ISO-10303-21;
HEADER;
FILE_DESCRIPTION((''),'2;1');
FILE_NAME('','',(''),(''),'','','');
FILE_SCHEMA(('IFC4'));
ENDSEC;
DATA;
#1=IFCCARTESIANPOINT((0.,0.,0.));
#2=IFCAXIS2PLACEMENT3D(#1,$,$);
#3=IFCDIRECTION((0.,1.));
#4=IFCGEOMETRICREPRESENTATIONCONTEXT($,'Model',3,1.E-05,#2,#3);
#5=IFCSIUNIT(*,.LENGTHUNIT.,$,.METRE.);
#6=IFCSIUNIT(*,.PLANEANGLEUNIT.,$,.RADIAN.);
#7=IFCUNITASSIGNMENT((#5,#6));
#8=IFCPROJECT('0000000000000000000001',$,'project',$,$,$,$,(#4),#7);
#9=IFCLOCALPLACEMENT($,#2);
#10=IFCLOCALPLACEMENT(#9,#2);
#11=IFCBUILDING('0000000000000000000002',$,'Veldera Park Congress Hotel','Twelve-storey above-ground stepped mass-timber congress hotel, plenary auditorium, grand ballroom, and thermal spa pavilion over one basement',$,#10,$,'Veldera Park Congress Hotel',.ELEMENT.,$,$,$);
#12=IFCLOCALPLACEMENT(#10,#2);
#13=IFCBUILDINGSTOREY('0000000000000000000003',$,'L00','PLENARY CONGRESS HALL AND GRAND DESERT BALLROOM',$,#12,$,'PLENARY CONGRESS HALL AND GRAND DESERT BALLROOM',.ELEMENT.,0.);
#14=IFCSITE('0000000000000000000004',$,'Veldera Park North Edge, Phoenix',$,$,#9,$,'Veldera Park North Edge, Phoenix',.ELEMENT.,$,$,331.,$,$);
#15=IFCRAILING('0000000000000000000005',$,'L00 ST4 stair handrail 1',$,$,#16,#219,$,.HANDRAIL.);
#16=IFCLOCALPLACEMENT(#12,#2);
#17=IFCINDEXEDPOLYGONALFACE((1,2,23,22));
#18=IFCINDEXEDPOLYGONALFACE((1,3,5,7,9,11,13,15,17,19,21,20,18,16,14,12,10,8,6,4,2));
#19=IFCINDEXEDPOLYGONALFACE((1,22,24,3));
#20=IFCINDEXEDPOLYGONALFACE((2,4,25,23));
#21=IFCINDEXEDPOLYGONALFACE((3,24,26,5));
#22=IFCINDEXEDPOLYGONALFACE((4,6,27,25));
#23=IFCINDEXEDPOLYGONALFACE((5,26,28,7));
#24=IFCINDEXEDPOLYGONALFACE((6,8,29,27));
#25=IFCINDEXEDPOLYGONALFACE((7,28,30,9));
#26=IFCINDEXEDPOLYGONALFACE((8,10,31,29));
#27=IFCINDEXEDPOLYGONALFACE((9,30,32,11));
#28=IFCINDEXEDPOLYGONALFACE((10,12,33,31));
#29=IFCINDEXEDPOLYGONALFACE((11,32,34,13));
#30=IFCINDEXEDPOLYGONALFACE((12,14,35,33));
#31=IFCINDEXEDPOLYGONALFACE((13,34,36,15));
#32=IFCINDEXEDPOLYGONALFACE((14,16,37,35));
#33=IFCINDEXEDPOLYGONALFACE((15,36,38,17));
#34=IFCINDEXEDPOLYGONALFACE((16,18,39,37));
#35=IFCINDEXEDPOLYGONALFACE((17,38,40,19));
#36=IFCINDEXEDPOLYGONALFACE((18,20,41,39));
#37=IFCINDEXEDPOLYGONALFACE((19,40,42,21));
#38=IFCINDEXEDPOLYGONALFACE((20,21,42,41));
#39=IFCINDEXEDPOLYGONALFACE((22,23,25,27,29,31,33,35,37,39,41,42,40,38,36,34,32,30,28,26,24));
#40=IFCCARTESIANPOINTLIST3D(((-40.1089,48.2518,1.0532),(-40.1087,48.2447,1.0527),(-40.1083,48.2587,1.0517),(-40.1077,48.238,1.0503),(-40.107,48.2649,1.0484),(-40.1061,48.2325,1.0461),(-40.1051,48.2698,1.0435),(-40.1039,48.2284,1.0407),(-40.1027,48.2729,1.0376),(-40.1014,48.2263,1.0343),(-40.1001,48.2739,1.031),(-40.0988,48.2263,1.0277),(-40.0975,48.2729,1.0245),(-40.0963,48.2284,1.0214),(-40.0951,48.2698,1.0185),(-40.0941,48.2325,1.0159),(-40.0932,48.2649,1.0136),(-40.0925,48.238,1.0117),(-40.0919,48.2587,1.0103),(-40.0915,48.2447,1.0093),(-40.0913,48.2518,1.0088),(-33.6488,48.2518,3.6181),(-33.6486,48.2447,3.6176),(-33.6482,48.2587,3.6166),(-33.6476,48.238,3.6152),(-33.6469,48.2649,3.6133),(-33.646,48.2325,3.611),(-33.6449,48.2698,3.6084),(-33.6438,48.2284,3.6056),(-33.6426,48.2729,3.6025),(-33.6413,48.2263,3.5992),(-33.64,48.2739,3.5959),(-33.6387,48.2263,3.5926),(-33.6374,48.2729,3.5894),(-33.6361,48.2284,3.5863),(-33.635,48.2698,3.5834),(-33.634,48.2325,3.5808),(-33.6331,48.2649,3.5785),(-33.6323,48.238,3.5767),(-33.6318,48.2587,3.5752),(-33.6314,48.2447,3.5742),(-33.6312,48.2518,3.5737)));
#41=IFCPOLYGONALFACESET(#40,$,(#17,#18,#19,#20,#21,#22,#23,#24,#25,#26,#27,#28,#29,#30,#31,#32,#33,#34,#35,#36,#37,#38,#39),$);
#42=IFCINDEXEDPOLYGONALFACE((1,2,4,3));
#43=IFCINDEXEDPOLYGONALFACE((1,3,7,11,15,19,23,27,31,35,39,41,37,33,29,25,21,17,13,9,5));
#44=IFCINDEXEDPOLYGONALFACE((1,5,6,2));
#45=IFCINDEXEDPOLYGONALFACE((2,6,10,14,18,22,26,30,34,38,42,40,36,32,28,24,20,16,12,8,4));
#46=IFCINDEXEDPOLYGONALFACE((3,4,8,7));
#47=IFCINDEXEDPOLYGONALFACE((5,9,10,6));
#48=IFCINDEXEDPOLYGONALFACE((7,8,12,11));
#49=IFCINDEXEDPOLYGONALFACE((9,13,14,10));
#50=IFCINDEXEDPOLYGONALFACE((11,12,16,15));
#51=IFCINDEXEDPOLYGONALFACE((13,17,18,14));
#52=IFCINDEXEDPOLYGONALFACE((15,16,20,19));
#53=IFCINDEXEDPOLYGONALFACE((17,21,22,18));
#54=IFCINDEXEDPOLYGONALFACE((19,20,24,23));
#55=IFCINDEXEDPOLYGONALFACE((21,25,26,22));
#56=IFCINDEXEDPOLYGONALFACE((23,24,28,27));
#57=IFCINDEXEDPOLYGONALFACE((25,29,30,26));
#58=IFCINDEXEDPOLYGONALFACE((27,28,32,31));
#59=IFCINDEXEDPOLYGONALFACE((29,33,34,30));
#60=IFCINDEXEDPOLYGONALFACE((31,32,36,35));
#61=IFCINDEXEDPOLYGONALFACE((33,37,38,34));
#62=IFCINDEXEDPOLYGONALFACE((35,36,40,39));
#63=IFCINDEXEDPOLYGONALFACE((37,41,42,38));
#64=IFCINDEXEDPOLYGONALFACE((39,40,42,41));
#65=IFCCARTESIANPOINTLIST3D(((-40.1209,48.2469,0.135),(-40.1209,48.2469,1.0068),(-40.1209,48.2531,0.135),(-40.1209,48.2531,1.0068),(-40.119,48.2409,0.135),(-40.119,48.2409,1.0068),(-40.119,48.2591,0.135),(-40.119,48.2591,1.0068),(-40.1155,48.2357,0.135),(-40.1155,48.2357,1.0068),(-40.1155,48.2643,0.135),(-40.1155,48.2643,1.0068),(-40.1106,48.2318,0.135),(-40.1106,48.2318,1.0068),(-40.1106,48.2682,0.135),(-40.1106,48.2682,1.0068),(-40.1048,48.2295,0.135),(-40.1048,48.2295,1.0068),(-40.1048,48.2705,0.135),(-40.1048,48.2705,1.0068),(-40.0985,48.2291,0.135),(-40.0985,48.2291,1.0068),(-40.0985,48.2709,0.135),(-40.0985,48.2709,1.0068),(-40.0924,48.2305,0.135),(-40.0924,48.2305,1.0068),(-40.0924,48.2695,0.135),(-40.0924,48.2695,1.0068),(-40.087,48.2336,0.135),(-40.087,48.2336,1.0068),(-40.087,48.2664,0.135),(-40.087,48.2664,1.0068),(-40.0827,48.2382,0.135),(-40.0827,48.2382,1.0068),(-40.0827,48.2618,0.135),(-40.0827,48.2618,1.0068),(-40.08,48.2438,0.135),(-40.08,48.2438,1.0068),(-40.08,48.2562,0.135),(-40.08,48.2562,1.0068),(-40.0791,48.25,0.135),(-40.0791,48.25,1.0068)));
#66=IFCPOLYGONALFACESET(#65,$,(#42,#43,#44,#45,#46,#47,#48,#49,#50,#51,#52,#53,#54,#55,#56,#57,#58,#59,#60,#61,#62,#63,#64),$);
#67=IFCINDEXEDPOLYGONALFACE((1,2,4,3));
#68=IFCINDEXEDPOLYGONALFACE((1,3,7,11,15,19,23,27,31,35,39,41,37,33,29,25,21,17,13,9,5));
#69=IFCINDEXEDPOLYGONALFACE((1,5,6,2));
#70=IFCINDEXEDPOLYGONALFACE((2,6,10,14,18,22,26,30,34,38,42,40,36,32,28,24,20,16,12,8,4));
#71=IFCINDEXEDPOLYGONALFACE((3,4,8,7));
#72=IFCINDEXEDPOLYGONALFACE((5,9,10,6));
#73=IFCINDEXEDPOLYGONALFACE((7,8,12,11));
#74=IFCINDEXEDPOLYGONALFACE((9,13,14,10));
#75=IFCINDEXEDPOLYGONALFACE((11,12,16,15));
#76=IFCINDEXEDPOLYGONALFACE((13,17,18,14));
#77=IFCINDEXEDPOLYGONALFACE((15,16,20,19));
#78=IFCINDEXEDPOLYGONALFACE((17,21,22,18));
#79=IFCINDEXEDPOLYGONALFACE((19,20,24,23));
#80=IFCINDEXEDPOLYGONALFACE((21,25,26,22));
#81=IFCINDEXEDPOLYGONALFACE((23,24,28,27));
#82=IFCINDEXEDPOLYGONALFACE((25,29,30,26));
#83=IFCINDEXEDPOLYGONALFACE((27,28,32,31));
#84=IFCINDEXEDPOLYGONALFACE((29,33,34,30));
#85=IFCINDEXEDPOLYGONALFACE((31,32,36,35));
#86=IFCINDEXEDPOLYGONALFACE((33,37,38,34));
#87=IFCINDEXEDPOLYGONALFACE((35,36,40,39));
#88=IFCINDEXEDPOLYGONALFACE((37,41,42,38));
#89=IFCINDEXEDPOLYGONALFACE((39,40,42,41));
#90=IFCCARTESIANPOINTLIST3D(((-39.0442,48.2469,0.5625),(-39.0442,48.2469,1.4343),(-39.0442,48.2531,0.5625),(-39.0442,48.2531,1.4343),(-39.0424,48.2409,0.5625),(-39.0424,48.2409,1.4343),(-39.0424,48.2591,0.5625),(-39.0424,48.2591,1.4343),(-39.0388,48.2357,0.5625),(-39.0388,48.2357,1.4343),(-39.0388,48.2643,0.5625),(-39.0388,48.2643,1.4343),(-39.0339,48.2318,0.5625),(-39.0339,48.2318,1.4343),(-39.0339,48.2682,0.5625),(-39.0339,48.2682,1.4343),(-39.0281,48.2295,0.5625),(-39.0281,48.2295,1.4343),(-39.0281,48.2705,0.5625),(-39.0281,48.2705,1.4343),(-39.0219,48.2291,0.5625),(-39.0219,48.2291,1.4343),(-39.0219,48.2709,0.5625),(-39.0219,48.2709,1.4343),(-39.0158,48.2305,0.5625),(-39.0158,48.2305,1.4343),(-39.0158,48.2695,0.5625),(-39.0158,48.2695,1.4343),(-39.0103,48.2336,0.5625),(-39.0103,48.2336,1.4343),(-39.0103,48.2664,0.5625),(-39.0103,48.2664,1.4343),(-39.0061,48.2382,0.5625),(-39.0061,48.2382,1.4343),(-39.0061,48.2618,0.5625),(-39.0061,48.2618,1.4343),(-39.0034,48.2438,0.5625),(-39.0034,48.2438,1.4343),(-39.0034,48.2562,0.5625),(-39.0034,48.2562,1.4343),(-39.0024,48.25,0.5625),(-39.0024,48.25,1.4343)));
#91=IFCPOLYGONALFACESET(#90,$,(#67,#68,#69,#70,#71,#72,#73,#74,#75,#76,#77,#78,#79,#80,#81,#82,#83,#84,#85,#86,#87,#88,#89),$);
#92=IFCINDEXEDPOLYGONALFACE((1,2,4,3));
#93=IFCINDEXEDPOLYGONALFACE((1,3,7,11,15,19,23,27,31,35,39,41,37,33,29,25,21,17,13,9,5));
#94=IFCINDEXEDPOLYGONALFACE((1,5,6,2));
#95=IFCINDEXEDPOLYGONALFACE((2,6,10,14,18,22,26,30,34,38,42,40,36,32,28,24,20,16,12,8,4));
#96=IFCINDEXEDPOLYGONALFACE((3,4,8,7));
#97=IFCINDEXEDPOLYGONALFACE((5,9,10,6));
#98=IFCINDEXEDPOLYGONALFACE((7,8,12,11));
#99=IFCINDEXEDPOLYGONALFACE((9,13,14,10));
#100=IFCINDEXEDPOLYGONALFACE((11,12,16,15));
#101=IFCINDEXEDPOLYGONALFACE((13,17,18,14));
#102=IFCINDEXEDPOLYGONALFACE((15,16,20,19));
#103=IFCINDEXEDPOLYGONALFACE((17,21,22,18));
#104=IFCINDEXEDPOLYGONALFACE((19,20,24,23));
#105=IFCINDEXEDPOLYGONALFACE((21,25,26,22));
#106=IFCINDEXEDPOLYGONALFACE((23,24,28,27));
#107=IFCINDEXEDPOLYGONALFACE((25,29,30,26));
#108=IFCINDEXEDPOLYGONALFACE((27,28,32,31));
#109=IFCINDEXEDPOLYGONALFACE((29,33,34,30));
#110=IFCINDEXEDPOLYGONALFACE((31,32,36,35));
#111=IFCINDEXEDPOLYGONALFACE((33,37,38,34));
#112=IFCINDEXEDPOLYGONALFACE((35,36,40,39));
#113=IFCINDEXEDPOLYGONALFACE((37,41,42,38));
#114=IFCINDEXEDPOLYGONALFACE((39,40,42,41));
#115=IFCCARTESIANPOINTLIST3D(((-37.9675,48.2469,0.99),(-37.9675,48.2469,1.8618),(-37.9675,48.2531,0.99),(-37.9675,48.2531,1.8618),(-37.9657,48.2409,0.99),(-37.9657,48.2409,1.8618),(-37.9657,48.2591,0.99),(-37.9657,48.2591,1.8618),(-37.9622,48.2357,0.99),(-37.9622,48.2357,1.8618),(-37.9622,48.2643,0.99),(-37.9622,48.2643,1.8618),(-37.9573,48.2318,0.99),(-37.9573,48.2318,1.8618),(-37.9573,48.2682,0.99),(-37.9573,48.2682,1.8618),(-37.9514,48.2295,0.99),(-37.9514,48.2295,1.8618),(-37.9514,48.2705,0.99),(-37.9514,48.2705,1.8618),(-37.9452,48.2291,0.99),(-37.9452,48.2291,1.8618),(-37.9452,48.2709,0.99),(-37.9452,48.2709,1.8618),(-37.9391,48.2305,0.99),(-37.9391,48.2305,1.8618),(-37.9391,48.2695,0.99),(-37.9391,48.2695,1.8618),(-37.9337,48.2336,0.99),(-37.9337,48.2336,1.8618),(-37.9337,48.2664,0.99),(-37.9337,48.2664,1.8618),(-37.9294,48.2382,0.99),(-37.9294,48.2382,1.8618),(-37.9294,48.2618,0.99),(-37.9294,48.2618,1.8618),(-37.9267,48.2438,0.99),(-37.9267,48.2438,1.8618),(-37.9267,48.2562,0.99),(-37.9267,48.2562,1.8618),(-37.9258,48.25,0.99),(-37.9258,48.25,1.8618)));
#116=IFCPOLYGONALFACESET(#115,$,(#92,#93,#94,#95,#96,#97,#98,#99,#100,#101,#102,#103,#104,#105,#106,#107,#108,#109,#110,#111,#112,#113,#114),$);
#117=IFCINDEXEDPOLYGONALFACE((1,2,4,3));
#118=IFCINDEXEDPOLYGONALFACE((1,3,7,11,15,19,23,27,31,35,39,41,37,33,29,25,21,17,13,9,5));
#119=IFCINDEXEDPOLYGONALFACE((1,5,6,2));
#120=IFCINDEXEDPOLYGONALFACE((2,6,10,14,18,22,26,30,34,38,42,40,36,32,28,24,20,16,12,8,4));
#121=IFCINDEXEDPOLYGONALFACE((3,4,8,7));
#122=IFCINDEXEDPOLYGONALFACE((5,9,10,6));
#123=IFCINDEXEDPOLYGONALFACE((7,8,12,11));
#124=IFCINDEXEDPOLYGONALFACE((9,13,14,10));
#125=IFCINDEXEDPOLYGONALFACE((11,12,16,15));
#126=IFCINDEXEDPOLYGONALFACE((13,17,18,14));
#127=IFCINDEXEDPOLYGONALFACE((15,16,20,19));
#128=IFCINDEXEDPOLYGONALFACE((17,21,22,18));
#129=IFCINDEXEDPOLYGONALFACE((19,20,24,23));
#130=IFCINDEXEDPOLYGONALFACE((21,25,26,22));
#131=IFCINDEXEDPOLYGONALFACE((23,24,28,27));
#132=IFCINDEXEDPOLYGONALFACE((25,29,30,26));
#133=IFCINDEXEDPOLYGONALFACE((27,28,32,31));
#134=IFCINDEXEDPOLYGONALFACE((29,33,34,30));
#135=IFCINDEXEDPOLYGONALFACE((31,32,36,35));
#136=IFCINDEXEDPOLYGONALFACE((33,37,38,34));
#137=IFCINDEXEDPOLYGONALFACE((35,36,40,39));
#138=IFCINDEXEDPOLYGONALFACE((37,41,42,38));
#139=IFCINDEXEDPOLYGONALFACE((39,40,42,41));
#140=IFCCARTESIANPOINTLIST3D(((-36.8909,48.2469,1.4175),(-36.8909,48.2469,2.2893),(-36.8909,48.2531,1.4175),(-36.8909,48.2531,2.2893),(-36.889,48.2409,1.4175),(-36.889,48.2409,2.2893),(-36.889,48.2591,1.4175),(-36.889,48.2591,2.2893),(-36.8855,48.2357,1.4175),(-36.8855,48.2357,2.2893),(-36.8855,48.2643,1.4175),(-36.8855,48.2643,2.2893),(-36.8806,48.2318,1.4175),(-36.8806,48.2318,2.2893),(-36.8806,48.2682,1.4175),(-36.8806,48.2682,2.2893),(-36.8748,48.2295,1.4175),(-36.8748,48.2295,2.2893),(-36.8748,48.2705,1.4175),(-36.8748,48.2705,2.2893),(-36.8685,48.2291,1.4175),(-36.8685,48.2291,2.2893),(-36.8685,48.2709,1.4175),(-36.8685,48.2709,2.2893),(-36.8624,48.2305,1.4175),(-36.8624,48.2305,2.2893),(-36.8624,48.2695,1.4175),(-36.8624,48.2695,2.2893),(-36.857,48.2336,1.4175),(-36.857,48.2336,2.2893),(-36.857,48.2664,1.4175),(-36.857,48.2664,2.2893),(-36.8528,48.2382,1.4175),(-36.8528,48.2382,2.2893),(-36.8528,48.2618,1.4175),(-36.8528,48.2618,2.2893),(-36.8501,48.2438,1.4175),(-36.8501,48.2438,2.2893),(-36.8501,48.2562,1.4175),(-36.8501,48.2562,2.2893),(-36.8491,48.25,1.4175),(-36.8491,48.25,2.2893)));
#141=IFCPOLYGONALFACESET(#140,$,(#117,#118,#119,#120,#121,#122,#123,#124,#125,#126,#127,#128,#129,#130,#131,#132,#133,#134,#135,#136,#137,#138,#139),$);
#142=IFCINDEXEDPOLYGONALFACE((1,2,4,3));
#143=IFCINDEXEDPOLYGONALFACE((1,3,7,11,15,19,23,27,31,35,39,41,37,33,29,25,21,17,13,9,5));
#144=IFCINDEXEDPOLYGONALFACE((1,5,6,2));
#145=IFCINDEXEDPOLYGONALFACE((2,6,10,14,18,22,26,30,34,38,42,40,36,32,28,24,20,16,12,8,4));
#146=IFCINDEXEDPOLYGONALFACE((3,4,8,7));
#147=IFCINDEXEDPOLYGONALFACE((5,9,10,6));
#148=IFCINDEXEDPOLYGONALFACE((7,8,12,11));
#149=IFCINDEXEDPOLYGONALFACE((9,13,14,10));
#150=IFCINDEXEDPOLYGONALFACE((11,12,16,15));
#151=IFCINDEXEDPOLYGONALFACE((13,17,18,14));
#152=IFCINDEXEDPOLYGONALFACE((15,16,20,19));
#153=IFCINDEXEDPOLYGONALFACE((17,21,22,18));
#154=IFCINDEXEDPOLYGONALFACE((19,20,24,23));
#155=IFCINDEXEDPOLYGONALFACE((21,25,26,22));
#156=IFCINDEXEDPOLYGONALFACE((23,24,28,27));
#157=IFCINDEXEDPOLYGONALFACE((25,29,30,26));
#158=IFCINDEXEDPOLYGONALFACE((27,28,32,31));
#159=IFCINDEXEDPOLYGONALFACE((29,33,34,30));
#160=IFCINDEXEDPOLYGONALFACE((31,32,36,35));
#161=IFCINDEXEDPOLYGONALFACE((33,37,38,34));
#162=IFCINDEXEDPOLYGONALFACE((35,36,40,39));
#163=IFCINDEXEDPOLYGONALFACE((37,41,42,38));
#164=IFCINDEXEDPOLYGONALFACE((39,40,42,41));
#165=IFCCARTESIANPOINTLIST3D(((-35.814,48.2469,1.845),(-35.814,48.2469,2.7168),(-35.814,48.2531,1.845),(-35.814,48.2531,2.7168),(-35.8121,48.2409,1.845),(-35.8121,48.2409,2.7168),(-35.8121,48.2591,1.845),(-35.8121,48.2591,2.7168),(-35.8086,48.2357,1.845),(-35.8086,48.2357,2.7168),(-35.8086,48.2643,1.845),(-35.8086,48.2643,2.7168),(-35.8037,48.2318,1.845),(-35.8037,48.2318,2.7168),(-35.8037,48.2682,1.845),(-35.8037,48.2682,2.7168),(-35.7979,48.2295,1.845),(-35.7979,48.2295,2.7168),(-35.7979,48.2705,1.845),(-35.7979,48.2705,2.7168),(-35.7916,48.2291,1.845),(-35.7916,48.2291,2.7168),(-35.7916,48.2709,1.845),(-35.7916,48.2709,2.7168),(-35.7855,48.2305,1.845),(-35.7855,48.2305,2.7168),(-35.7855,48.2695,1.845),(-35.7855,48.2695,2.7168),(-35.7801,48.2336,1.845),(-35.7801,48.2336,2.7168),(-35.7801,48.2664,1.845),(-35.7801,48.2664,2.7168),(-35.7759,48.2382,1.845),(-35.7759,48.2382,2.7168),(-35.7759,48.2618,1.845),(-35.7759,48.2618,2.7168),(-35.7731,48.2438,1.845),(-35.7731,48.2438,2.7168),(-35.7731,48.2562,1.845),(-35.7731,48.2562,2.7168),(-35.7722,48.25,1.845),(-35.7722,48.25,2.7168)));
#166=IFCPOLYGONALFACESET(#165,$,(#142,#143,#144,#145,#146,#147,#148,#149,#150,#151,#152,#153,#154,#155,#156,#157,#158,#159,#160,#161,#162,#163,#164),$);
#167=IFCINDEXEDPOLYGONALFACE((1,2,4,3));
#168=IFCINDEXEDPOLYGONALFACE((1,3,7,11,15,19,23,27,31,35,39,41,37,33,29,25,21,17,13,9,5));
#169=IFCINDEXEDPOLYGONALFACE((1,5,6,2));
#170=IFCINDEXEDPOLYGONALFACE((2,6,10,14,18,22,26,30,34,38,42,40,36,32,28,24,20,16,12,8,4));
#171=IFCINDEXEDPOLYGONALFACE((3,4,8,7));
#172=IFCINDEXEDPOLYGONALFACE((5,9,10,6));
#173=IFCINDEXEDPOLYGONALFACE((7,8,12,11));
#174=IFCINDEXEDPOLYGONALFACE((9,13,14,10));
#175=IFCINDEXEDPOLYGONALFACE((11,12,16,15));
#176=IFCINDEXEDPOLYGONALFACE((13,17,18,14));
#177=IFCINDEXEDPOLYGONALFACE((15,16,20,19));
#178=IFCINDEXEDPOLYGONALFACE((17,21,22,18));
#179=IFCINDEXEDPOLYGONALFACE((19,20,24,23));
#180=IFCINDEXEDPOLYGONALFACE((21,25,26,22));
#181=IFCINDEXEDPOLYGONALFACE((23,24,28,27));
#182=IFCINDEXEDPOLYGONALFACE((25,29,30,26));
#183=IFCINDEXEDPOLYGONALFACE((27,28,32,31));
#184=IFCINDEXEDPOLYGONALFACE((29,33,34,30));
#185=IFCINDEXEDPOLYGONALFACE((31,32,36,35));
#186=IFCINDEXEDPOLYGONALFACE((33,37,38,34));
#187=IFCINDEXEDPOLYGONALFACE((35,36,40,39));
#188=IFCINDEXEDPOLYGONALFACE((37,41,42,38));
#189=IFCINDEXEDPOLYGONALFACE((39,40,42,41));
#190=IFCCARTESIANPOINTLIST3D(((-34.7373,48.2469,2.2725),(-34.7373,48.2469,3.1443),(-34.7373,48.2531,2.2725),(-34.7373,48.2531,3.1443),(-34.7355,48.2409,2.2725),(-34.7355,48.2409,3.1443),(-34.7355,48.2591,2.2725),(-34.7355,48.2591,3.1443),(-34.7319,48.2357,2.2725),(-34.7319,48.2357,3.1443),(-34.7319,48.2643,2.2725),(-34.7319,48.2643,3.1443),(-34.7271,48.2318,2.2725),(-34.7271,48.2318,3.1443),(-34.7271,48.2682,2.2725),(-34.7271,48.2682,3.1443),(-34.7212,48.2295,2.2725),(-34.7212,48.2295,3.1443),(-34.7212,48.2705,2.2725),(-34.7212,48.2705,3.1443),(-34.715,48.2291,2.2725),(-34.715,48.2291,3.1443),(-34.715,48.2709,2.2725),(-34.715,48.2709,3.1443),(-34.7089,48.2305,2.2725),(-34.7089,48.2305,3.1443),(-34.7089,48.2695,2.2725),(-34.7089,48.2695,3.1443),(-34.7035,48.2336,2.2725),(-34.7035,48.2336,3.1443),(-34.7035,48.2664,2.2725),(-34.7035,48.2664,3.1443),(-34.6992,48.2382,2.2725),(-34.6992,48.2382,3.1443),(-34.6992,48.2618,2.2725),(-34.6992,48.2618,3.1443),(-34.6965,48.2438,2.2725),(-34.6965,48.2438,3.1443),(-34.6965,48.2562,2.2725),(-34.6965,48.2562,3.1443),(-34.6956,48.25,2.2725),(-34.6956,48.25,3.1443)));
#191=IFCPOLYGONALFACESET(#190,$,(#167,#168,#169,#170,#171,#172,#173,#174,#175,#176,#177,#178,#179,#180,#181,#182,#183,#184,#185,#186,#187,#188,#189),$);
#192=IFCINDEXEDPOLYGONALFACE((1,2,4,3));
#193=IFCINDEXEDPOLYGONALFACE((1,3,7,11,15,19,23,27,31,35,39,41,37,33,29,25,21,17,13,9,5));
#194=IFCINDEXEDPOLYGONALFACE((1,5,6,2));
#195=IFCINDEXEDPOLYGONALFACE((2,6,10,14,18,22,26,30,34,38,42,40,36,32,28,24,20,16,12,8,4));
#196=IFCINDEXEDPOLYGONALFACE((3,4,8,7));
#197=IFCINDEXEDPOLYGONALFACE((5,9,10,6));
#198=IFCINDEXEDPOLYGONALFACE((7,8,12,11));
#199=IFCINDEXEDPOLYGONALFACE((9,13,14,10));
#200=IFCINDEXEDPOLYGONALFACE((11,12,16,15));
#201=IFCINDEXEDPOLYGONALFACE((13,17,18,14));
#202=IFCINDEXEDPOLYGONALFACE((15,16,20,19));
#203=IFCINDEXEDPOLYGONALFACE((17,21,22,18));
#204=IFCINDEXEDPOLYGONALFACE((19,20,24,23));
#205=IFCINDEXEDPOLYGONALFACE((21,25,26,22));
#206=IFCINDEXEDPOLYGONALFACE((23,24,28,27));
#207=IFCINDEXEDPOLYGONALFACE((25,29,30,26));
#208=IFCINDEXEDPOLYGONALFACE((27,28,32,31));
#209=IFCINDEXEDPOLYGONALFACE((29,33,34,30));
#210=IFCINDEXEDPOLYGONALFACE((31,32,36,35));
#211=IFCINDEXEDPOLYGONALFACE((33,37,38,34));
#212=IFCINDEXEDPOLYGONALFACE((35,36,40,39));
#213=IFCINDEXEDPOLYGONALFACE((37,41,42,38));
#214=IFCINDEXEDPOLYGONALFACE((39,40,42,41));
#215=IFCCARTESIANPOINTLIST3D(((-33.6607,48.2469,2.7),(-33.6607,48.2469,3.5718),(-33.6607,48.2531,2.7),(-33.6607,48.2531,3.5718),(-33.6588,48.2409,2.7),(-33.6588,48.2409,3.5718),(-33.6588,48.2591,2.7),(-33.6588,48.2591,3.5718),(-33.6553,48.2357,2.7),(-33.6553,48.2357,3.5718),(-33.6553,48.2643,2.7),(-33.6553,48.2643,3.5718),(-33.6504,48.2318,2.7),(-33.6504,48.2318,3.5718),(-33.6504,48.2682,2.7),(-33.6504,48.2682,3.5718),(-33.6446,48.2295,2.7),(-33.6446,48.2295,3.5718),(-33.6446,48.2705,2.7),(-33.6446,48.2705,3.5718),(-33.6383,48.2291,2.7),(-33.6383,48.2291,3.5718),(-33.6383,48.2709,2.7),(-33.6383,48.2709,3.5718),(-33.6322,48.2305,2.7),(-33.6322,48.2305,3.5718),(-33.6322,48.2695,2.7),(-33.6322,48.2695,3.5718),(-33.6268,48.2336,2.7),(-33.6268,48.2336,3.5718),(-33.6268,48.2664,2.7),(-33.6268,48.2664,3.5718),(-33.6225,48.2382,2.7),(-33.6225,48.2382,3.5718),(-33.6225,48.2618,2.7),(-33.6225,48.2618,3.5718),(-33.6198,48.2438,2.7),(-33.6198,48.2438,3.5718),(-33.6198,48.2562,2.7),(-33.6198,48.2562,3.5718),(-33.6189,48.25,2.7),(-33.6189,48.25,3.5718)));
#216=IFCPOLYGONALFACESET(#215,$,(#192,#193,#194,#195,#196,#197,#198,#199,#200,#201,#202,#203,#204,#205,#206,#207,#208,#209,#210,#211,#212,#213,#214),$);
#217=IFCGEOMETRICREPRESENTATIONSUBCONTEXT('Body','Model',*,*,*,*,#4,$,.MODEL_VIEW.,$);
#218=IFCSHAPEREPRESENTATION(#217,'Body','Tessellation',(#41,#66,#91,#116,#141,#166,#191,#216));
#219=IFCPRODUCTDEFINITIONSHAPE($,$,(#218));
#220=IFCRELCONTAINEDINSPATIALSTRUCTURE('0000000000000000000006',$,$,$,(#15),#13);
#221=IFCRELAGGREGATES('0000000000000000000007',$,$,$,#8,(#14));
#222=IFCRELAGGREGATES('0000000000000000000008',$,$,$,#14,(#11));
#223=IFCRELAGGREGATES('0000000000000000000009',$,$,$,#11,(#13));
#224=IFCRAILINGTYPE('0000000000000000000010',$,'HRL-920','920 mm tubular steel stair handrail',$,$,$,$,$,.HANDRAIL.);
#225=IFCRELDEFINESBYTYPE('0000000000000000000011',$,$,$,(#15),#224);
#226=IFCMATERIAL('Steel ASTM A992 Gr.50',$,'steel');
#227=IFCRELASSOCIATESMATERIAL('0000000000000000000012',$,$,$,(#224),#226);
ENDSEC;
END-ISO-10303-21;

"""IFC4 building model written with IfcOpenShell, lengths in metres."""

from ifc_helpers import new_model, si_unit, direction, frame, origin, origin_2d, place, context, subcontext, project, spatial, circle, extrude, material, type_object, element, save


model = new_model("IFC4")

# Units and contexts
model_context = context("Model", 3, precision=1e-05, world=origin(), true_north=direction((0.0, 1.0)))
body_context = subcontext(model_context, "Body", "Model", "MODEL_VIEW")
ifc_project = project(units=[si_unit("LENGTHUNIT", "METRE"), si_unit("PLANEANGLEUNIT", "RADIAN")], contexts=[model_context])

# Site, building, storey
site_placement = place(None, origin())
site = spatial("IfcSite", under=ifc_project, at=site_placement, Name="Veldera Park North Edge, Phoenix", LongName="Veldera Park North Edge, Phoenix", CompositionType="ELEMENT", RefElevation=331.0)
building_placement = place(site_placement, origin())
building = spatial("IfcBuilding", under=site, at=building_placement, Name="Veldera Park Congress Hotel", Description="Twelve-storey above-ground stepped mass-timber congress hotel, plenary auditorium, grand ballroom, and thermal spa pavilion over one basement", LongName="Veldera Park Congress Hotel", CompositionType="ELEMENT")
storey_placement = place(building_placement, origin())
storey = spatial("IfcBuildingStorey", under=building, at=storey_placement, Name="L00", Description="PLENARY CONGRESS HALL AND GRAND DESERT BALLROOM", LongName="PLENARY CONGRESS HALL AND GRAND DESERT BALLROOM", CompositionType="ELEMENT", Elevation=0.0)

# Shared definitions
ifc_material_1 = material(Name="Steel ASTM A992 Gr.50", Category="steel")

# Railing
railing_type_1 = type_object("IfcRailingType", Name="HRL-920", Description="920 mm tubular steel stair handrail", PredefinedType="HANDRAIL", material=ifc_material_1)
railing_1_placement = place(storey_placement, frame((-40.1001, 48.25, 0.135)))
element("IfcRailing", 1, at=railing_1_placement, inside=storey, type_object=railing_type_1, Name="L00 ST4 stair handrail 1", PredefinedType="HANDRAIL", context=body_context, shape_type="SweptSolid", body=[
    extrude(circle(Radius=0.0239, at=origin_2d()), frame((0.0, 0.0, 0.896), z_axis=(0.929423, 0.0, 0.369016), x_axis=(0.0, 1.0, 0.0)), (0.0, 0.0, 1.0), 6.9507),
    extrude(circle(Radius=0.021, at=origin_2d()), origin(), (0.0, 0.0, 1.0), 0.8718),
    extrude(circle(Radius=0.021, at=origin_2d()), frame((1.0767, 0.0, 0.4275)), (0.0, 0.0, 1.0), 0.8718),
    extrude(circle(Radius=0.021, at=origin_2d()), frame((2.1533, 0.0, 0.855)), (0.0, 0.0, 1.0), 0.8718),
    extrude(circle(Radius=0.021, at=origin_2d()), frame((3.23, 0.0, 1.2825)), (0.0, 0.0, 1.0), 0.8718),
    extrude(circle(Radius=0.021, at=origin_2d()), frame((4.3069, 0.0, 1.71)), (0.0, 0.0, 1.0), 0.8718),
    extrude(circle(Radius=0.021, at=origin_2d()), frame((5.3835, 0.0, 2.1375)), (0.0, 0.0, 1.0), 0.8718),
    extrude(circle(Radius=0.021, at=origin_2d()), frame((6.4602, 0.0, 2.5649)), (0.0, 0.0, 1.0), 0.8718),
])

save(model, "model.ifc")
